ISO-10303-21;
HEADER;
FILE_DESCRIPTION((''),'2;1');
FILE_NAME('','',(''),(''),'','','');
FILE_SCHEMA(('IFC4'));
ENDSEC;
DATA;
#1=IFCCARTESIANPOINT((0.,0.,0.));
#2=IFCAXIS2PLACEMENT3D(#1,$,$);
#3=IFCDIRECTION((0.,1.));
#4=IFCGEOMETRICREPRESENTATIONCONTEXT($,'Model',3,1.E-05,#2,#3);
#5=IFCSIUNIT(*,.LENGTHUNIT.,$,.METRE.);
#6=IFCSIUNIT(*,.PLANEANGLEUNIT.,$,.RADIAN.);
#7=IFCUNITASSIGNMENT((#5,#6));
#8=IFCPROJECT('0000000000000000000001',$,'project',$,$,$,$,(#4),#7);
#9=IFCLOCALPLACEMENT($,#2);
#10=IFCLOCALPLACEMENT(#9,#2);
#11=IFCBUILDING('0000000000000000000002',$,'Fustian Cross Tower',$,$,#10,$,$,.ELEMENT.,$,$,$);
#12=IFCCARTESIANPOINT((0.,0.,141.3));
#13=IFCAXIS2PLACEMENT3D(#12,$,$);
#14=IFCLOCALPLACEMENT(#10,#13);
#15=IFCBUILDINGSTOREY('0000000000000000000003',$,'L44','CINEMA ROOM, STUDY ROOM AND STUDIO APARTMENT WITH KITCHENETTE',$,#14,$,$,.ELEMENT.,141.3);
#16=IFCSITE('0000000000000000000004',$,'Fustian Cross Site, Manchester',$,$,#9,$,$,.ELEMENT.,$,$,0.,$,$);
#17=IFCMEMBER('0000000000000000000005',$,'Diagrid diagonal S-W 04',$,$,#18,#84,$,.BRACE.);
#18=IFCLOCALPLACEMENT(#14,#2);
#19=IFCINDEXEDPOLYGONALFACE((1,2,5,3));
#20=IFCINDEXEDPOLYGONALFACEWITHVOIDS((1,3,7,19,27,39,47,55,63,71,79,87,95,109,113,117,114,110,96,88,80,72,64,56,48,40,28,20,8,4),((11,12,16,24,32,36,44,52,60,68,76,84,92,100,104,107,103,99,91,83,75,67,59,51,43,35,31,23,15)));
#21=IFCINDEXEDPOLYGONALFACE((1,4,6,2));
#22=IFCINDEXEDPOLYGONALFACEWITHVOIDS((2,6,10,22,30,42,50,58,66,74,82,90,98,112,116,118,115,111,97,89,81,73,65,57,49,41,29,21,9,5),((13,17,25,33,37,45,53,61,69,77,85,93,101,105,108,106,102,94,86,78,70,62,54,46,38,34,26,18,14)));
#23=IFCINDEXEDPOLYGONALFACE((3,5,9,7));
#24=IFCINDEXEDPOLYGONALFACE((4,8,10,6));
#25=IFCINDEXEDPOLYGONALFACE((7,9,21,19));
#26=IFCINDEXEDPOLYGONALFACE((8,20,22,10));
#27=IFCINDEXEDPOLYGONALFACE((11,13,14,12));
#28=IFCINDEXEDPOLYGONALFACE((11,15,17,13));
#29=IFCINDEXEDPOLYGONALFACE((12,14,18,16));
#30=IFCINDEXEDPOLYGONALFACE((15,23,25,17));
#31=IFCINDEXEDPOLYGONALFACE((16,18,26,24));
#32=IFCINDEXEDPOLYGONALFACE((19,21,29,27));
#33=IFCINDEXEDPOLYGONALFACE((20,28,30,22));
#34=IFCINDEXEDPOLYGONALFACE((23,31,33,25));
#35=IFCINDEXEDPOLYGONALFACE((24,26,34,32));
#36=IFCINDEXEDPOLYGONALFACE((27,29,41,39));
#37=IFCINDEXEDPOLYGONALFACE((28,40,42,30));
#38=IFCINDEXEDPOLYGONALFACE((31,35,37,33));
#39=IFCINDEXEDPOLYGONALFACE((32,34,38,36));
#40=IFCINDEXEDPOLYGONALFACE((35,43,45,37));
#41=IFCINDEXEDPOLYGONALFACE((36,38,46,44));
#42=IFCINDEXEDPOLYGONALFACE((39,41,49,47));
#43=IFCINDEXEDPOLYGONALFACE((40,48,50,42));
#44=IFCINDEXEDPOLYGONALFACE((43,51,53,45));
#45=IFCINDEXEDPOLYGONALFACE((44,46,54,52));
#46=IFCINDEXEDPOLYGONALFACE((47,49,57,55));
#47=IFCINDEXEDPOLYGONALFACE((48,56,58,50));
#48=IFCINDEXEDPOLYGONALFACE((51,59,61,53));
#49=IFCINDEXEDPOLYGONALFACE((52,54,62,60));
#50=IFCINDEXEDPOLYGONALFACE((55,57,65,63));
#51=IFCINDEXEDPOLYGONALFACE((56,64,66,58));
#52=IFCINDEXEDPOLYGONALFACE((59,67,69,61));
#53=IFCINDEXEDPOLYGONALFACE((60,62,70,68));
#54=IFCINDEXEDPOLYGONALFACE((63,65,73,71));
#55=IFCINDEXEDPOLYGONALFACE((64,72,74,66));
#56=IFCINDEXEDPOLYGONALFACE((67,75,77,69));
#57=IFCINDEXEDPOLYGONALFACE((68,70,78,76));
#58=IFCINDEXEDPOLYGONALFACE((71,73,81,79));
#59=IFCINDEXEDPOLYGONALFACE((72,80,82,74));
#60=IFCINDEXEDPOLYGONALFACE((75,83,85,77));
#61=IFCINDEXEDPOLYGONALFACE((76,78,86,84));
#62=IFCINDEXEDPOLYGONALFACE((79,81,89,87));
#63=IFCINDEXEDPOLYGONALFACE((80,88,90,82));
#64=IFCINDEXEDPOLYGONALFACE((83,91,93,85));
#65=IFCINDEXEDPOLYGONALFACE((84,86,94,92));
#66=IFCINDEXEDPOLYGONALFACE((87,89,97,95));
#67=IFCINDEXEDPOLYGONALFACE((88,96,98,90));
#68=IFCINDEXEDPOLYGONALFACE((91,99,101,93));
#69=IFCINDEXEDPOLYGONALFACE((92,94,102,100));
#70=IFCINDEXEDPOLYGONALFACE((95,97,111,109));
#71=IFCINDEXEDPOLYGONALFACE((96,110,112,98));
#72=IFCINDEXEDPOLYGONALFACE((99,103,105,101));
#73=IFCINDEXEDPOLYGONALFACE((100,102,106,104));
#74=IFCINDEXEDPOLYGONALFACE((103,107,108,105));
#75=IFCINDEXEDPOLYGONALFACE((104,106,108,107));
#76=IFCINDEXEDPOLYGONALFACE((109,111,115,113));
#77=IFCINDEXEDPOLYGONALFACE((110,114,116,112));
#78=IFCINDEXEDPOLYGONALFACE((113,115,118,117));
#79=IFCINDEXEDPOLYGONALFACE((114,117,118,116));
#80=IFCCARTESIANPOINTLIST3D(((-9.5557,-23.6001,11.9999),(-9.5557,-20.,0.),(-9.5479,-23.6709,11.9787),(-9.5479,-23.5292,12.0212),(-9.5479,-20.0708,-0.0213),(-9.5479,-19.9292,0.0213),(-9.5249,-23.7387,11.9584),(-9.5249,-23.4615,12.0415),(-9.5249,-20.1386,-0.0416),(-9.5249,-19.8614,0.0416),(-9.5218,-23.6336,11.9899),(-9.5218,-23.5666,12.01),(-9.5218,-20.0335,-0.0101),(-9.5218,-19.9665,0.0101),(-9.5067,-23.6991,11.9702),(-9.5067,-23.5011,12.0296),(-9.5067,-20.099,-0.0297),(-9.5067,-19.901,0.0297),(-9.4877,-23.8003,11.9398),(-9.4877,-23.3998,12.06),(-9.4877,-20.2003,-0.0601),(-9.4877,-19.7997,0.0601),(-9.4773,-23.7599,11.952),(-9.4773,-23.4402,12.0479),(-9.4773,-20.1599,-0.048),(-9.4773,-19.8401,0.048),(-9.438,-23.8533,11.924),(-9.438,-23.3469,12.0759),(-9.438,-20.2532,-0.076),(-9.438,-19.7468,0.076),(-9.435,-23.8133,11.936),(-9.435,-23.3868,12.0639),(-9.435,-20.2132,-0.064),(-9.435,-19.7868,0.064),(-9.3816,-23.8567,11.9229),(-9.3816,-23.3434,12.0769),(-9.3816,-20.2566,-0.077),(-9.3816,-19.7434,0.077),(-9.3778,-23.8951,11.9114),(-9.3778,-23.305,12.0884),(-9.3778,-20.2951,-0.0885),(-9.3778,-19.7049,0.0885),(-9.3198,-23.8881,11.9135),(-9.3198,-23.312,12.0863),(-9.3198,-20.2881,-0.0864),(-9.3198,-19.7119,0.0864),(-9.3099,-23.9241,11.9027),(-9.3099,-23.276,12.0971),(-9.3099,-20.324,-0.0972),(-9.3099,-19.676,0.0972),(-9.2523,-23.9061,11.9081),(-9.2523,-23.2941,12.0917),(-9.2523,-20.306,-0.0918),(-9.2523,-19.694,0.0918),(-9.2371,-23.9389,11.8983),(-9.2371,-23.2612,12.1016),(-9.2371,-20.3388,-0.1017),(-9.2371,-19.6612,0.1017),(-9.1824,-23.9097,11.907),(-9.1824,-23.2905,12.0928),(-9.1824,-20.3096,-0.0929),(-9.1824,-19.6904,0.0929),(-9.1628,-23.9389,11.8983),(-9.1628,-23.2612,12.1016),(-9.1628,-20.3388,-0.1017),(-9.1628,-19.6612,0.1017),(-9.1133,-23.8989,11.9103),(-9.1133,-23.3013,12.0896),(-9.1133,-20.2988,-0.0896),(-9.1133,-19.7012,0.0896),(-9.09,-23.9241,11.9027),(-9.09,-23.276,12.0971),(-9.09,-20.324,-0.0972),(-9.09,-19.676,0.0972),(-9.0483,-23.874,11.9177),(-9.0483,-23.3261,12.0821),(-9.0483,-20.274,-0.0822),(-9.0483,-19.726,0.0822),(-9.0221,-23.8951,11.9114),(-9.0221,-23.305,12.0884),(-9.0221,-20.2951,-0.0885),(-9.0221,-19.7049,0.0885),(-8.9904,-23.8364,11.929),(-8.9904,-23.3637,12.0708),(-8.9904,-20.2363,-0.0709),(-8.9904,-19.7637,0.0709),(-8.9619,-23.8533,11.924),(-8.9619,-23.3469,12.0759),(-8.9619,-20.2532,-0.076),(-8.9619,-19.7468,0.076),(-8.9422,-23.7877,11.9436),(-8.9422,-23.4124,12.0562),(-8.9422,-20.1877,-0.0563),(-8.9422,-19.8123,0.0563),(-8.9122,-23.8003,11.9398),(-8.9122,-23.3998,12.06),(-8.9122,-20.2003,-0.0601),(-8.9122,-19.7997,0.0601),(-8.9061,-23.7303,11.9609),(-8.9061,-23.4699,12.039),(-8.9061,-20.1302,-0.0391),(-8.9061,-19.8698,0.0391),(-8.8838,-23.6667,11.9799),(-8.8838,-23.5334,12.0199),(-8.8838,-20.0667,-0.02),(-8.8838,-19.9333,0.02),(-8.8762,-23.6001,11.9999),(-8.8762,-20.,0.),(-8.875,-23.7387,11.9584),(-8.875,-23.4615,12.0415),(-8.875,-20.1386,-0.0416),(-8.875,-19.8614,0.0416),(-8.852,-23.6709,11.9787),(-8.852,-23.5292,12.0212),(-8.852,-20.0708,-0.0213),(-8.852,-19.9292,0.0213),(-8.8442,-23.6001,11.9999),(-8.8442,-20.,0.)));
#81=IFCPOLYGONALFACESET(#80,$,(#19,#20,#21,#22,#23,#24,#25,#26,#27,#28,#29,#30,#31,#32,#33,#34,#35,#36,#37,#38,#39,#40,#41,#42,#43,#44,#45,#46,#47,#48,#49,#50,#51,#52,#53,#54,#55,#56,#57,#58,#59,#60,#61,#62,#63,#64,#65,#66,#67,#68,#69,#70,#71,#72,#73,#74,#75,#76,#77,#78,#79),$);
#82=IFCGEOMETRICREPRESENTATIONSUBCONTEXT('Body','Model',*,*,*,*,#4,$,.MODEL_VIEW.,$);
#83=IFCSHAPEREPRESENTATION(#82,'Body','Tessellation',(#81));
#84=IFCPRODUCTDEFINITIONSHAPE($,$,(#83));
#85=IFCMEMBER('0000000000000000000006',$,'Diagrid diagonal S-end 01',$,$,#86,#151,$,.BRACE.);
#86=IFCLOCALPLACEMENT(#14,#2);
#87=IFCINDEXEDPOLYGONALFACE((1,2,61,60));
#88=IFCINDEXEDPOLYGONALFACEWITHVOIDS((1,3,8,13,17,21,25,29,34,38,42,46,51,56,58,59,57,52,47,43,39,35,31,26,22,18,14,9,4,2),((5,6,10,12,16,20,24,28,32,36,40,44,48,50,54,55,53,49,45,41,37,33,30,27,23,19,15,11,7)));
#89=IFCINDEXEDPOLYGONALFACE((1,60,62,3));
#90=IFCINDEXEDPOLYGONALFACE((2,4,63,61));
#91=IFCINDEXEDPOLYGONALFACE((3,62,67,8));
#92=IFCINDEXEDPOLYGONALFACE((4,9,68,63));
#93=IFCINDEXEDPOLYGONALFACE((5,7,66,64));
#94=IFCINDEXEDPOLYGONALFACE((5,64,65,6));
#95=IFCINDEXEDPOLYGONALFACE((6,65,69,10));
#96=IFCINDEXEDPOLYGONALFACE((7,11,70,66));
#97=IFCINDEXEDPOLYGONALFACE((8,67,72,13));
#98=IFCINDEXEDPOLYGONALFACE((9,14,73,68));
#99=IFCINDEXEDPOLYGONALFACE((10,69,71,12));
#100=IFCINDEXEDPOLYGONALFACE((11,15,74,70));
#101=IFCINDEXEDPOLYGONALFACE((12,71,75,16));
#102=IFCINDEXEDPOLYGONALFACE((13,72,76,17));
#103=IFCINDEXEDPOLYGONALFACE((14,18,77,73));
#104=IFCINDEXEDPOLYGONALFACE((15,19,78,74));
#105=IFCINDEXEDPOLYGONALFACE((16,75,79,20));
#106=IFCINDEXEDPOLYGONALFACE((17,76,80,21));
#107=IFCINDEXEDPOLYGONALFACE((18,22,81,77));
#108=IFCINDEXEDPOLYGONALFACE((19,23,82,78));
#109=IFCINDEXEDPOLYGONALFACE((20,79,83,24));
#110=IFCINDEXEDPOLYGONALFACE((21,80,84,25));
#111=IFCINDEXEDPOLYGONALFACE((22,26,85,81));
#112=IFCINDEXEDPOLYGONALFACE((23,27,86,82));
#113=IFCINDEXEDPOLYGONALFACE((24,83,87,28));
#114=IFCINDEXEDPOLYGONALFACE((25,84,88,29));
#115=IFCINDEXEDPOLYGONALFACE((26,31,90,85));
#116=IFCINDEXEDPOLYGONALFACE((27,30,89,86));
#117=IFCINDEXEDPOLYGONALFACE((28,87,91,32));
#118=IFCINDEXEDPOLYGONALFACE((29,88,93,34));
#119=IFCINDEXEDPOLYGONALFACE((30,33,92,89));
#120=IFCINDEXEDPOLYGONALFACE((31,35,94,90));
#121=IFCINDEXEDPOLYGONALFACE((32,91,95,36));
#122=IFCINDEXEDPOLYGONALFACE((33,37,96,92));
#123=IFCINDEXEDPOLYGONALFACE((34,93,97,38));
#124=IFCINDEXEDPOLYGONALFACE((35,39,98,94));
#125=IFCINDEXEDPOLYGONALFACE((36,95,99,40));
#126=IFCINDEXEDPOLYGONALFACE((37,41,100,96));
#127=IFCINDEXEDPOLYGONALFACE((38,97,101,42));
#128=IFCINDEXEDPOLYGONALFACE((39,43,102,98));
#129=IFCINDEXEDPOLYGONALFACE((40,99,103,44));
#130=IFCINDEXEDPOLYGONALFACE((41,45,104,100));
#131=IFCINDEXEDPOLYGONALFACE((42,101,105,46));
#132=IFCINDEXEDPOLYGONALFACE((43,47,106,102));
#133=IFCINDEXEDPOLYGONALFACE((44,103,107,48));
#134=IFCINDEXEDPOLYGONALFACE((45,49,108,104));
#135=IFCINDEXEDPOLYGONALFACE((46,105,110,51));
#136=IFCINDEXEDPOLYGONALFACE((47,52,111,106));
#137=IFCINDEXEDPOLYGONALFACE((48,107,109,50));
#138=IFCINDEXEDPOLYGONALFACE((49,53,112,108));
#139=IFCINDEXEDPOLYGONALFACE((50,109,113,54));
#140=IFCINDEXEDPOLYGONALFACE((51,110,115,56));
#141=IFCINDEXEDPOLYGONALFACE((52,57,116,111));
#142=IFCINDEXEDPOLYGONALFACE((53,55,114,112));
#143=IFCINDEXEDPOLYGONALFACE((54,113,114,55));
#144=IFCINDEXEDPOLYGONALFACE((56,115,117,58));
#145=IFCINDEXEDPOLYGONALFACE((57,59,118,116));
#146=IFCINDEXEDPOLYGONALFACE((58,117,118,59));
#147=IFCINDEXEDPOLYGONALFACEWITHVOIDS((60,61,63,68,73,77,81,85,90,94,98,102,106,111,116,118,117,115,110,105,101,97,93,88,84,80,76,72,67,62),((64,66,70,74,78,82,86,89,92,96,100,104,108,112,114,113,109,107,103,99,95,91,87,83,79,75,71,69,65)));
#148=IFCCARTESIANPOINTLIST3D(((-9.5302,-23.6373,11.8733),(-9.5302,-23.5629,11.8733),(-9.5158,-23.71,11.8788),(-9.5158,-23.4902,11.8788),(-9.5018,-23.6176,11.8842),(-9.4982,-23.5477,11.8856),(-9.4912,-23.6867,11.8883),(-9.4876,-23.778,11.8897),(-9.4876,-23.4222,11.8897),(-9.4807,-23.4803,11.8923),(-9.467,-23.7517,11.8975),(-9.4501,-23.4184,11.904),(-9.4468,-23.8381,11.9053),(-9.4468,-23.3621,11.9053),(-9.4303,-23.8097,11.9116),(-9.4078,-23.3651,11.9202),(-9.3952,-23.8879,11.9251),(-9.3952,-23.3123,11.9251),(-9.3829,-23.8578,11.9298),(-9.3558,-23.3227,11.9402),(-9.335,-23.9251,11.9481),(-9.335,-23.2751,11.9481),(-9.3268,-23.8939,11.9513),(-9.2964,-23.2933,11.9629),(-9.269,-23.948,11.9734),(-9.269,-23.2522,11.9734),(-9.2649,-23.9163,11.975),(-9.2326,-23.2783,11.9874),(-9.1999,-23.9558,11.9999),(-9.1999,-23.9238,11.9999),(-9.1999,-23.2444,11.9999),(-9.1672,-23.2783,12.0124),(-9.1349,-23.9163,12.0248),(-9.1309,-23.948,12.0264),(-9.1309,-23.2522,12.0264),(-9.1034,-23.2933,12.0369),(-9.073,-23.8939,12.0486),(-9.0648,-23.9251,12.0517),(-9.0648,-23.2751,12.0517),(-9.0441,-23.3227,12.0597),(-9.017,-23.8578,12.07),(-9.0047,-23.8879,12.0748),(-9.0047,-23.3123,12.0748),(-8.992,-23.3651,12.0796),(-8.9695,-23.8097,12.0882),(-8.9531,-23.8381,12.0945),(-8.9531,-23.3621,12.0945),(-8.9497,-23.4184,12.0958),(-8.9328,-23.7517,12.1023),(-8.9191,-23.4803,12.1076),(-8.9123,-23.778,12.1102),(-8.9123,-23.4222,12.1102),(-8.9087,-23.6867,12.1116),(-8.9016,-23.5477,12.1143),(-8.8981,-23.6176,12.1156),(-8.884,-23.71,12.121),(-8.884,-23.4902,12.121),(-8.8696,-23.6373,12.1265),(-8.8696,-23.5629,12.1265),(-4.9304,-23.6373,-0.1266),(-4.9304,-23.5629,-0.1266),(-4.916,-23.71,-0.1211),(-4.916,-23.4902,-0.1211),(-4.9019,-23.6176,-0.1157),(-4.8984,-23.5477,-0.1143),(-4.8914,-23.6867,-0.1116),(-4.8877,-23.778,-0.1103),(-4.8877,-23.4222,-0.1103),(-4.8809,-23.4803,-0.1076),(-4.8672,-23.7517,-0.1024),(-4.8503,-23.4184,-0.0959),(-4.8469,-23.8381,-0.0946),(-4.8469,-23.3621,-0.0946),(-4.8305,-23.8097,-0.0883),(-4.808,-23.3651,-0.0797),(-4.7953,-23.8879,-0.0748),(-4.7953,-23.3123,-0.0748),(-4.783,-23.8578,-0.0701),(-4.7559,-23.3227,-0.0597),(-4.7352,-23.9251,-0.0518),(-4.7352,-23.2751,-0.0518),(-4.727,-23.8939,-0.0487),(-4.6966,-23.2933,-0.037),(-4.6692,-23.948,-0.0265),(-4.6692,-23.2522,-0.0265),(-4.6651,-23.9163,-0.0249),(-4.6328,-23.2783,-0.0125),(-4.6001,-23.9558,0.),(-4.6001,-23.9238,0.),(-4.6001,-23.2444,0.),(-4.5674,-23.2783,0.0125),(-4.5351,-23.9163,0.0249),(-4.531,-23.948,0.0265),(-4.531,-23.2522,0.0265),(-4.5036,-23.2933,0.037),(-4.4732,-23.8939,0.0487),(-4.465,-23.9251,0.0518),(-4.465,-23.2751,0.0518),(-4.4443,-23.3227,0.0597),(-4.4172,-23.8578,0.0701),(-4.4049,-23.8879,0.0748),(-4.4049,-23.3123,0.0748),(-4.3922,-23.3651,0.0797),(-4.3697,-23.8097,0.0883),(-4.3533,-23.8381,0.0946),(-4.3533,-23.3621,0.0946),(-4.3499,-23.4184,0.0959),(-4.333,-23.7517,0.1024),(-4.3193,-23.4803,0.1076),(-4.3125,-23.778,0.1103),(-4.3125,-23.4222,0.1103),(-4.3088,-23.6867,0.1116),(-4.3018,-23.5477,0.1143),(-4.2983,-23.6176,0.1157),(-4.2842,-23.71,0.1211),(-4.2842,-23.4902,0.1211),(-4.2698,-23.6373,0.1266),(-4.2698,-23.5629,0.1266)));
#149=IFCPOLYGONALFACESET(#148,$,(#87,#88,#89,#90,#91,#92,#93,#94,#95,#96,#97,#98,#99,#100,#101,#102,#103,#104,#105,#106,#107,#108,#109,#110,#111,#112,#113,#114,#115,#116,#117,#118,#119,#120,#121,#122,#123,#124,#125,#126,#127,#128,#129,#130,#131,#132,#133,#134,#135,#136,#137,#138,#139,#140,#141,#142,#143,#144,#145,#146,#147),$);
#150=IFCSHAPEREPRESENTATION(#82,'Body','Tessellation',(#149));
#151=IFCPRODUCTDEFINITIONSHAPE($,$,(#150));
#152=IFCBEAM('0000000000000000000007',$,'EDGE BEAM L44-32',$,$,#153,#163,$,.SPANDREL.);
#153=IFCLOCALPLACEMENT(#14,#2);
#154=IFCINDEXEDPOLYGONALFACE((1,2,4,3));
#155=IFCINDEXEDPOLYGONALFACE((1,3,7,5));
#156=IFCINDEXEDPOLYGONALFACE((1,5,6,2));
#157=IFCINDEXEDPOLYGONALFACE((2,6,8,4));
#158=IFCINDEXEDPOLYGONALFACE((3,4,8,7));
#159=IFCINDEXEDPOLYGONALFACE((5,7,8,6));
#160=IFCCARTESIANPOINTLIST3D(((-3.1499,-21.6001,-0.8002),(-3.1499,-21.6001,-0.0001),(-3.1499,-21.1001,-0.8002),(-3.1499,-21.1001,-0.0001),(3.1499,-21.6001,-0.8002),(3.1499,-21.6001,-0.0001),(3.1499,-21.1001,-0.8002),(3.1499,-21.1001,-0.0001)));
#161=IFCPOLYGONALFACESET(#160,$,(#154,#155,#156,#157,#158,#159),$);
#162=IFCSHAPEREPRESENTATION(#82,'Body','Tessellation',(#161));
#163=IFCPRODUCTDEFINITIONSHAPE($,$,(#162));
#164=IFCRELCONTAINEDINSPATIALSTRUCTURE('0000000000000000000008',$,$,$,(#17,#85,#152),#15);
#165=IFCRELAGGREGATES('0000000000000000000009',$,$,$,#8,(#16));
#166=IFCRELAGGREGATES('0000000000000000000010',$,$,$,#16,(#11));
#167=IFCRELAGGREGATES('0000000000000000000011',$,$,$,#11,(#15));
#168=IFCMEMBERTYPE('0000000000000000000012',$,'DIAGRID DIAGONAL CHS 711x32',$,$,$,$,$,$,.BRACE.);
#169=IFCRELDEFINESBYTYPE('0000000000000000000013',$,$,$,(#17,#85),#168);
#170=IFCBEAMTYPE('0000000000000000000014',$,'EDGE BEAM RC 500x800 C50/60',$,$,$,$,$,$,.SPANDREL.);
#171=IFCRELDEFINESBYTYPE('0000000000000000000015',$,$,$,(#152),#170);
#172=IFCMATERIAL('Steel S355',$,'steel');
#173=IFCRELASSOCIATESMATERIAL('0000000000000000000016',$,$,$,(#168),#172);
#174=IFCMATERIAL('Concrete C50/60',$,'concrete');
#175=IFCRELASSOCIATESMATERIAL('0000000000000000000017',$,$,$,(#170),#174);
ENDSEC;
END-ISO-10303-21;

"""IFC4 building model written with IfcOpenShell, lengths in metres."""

from ifc_helpers import new_model, si_unit, direction, frame, origin, origin_2d, place, context, subcontext, project, spatial, rectangle, hollow_circle, extrude, material, material_profile, profile_set, type_object, element, save


model = new_model("IFC4")

# Units and contexts
model_context = context("Model", 3, precision=1e-05, world=origin(), true_north=direction((0.0, 1.0)))
body_context = subcontext(model_context, "Body", "Model", "MODEL_VIEW")
ifc_project = project(units=[si_unit("LENGTHUNIT", "METRE"), si_unit("PLANEANGLEUNIT", "RADIAN")], contexts=[model_context])

# Site, building, storey
site_placement = place(None, origin())
site = spatial("IfcSite", under=ifc_project, at=site_placement, Name="Fustian Cross Site, Manchester", CompositionType="ELEMENT", RefElevation=0.0)
building_placement = place(site_placement, origin())
building = spatial("IfcBuilding", under=site, at=building_placement, Name="Fustian Cross Tower", CompositionType="ELEMENT")
storey_placement = place(building_placement, frame((0.0, 0.0, 141.3)))
storey = spatial("IfcBuildingStorey", under=building, at=storey_placement, Name="L44", Description="CINEMA ROOM, STUDY ROOM AND STUDIO APARTMENT WITH KITCHENETTE", CompositionType="ELEMENT", Elevation=141.3)

# Members
ifc_material_1 = material(Name="Steel S355", Category="steel")
ifc_material_profile_1 = material_profile(ifc_material_1, hollow_circle(Radius=0.3557, WallThickness=0.032, at=origin_2d()), Name="CHS 711x32")
ifc_profile_set_1 = profile_set([ifc_material_profile_1], Name="Steel S355")
member_type_1 = type_object("IfcMemberType", Name="DIAGRID DIAGONAL CHS 711x32", PredefinedType="BRACE", material=ifc_profile_set_1)
member_1_placement = place(storey_placement, frame((-9.2, -20.0, 0.0), z_axis=(0.0, -0.287355, 0.957824), x_axis=(1.0, 0.0, 0.0)))
element("IfcMember", 1, at=member_1_placement, inside=storey, type_object=member_type_1, Name="Diagrid diagonal S-W 04", PredefinedType="BRACE", context=body_context, shape_type="SweptSolid", body=[
    extrude(hollow_circle(Radius=0.3557, WallThickness=0.032, at=origin_2d()), origin(), (0.0, 0.0, 1.0), 12.5283),
])
member_2_placement = place(storey_placement, frame((-4.6001, -23.6001, 0.0), z_axis=(-0.357926, 0.0, 0.93375), x_axis=(0.0, -1.0, 0.0)))
element("IfcMember", 2, at=member_2_placement, inside=storey, type_object=member_type_1, Name="Diagrid diagonal S-end 01", PredefinedType="BRACE", context=body_context, shape_type="SweptSolid", body=[
    extrude(hollow_circle(Radius=0.3557, WallThickness=0.032, at=origin_2d()), origin(), (0.0, 0.0, 1.0), 12.8513),
])

# Beam
ifc_material_2 = material(Name="Concrete C50/60", Category="concrete")
ifc_material_profile_2 = material_profile(ifc_material_2, rectangle(XDim=0.5, YDim=0.8, at=origin_2d()), Name="RC 500x800")
ifc_profile_set_2 = profile_set([ifc_material_profile_2], Name="Concrete C50/60")
beam_type = type_object("IfcBeamType", Name="EDGE BEAM RC 500x800 C50/60", PredefinedType="SPANDREL", material=ifc_profile_set_2)
beam_placement = place(storey_placement, frame((-3.1499, -21.3501, -0.4001), z_axis=(1.0, 0.0, 0.0), x_axis=(0.0, 1.0, 0.0)))
element("IfcBeam", 3, at=beam_placement, inside=storey, type_object=beam_type, Name="EDGE BEAM L44-32", PredefinedType="SPANDREL", context=body_context, shape_type="SweptSolid", body=[
    extrude(rectangle(XDim=0.5, YDim=0.8, at=origin_2d()), origin(), (0.0, 0.0, 1.0), 6.2998),
])

save(model, "model.ifc")
